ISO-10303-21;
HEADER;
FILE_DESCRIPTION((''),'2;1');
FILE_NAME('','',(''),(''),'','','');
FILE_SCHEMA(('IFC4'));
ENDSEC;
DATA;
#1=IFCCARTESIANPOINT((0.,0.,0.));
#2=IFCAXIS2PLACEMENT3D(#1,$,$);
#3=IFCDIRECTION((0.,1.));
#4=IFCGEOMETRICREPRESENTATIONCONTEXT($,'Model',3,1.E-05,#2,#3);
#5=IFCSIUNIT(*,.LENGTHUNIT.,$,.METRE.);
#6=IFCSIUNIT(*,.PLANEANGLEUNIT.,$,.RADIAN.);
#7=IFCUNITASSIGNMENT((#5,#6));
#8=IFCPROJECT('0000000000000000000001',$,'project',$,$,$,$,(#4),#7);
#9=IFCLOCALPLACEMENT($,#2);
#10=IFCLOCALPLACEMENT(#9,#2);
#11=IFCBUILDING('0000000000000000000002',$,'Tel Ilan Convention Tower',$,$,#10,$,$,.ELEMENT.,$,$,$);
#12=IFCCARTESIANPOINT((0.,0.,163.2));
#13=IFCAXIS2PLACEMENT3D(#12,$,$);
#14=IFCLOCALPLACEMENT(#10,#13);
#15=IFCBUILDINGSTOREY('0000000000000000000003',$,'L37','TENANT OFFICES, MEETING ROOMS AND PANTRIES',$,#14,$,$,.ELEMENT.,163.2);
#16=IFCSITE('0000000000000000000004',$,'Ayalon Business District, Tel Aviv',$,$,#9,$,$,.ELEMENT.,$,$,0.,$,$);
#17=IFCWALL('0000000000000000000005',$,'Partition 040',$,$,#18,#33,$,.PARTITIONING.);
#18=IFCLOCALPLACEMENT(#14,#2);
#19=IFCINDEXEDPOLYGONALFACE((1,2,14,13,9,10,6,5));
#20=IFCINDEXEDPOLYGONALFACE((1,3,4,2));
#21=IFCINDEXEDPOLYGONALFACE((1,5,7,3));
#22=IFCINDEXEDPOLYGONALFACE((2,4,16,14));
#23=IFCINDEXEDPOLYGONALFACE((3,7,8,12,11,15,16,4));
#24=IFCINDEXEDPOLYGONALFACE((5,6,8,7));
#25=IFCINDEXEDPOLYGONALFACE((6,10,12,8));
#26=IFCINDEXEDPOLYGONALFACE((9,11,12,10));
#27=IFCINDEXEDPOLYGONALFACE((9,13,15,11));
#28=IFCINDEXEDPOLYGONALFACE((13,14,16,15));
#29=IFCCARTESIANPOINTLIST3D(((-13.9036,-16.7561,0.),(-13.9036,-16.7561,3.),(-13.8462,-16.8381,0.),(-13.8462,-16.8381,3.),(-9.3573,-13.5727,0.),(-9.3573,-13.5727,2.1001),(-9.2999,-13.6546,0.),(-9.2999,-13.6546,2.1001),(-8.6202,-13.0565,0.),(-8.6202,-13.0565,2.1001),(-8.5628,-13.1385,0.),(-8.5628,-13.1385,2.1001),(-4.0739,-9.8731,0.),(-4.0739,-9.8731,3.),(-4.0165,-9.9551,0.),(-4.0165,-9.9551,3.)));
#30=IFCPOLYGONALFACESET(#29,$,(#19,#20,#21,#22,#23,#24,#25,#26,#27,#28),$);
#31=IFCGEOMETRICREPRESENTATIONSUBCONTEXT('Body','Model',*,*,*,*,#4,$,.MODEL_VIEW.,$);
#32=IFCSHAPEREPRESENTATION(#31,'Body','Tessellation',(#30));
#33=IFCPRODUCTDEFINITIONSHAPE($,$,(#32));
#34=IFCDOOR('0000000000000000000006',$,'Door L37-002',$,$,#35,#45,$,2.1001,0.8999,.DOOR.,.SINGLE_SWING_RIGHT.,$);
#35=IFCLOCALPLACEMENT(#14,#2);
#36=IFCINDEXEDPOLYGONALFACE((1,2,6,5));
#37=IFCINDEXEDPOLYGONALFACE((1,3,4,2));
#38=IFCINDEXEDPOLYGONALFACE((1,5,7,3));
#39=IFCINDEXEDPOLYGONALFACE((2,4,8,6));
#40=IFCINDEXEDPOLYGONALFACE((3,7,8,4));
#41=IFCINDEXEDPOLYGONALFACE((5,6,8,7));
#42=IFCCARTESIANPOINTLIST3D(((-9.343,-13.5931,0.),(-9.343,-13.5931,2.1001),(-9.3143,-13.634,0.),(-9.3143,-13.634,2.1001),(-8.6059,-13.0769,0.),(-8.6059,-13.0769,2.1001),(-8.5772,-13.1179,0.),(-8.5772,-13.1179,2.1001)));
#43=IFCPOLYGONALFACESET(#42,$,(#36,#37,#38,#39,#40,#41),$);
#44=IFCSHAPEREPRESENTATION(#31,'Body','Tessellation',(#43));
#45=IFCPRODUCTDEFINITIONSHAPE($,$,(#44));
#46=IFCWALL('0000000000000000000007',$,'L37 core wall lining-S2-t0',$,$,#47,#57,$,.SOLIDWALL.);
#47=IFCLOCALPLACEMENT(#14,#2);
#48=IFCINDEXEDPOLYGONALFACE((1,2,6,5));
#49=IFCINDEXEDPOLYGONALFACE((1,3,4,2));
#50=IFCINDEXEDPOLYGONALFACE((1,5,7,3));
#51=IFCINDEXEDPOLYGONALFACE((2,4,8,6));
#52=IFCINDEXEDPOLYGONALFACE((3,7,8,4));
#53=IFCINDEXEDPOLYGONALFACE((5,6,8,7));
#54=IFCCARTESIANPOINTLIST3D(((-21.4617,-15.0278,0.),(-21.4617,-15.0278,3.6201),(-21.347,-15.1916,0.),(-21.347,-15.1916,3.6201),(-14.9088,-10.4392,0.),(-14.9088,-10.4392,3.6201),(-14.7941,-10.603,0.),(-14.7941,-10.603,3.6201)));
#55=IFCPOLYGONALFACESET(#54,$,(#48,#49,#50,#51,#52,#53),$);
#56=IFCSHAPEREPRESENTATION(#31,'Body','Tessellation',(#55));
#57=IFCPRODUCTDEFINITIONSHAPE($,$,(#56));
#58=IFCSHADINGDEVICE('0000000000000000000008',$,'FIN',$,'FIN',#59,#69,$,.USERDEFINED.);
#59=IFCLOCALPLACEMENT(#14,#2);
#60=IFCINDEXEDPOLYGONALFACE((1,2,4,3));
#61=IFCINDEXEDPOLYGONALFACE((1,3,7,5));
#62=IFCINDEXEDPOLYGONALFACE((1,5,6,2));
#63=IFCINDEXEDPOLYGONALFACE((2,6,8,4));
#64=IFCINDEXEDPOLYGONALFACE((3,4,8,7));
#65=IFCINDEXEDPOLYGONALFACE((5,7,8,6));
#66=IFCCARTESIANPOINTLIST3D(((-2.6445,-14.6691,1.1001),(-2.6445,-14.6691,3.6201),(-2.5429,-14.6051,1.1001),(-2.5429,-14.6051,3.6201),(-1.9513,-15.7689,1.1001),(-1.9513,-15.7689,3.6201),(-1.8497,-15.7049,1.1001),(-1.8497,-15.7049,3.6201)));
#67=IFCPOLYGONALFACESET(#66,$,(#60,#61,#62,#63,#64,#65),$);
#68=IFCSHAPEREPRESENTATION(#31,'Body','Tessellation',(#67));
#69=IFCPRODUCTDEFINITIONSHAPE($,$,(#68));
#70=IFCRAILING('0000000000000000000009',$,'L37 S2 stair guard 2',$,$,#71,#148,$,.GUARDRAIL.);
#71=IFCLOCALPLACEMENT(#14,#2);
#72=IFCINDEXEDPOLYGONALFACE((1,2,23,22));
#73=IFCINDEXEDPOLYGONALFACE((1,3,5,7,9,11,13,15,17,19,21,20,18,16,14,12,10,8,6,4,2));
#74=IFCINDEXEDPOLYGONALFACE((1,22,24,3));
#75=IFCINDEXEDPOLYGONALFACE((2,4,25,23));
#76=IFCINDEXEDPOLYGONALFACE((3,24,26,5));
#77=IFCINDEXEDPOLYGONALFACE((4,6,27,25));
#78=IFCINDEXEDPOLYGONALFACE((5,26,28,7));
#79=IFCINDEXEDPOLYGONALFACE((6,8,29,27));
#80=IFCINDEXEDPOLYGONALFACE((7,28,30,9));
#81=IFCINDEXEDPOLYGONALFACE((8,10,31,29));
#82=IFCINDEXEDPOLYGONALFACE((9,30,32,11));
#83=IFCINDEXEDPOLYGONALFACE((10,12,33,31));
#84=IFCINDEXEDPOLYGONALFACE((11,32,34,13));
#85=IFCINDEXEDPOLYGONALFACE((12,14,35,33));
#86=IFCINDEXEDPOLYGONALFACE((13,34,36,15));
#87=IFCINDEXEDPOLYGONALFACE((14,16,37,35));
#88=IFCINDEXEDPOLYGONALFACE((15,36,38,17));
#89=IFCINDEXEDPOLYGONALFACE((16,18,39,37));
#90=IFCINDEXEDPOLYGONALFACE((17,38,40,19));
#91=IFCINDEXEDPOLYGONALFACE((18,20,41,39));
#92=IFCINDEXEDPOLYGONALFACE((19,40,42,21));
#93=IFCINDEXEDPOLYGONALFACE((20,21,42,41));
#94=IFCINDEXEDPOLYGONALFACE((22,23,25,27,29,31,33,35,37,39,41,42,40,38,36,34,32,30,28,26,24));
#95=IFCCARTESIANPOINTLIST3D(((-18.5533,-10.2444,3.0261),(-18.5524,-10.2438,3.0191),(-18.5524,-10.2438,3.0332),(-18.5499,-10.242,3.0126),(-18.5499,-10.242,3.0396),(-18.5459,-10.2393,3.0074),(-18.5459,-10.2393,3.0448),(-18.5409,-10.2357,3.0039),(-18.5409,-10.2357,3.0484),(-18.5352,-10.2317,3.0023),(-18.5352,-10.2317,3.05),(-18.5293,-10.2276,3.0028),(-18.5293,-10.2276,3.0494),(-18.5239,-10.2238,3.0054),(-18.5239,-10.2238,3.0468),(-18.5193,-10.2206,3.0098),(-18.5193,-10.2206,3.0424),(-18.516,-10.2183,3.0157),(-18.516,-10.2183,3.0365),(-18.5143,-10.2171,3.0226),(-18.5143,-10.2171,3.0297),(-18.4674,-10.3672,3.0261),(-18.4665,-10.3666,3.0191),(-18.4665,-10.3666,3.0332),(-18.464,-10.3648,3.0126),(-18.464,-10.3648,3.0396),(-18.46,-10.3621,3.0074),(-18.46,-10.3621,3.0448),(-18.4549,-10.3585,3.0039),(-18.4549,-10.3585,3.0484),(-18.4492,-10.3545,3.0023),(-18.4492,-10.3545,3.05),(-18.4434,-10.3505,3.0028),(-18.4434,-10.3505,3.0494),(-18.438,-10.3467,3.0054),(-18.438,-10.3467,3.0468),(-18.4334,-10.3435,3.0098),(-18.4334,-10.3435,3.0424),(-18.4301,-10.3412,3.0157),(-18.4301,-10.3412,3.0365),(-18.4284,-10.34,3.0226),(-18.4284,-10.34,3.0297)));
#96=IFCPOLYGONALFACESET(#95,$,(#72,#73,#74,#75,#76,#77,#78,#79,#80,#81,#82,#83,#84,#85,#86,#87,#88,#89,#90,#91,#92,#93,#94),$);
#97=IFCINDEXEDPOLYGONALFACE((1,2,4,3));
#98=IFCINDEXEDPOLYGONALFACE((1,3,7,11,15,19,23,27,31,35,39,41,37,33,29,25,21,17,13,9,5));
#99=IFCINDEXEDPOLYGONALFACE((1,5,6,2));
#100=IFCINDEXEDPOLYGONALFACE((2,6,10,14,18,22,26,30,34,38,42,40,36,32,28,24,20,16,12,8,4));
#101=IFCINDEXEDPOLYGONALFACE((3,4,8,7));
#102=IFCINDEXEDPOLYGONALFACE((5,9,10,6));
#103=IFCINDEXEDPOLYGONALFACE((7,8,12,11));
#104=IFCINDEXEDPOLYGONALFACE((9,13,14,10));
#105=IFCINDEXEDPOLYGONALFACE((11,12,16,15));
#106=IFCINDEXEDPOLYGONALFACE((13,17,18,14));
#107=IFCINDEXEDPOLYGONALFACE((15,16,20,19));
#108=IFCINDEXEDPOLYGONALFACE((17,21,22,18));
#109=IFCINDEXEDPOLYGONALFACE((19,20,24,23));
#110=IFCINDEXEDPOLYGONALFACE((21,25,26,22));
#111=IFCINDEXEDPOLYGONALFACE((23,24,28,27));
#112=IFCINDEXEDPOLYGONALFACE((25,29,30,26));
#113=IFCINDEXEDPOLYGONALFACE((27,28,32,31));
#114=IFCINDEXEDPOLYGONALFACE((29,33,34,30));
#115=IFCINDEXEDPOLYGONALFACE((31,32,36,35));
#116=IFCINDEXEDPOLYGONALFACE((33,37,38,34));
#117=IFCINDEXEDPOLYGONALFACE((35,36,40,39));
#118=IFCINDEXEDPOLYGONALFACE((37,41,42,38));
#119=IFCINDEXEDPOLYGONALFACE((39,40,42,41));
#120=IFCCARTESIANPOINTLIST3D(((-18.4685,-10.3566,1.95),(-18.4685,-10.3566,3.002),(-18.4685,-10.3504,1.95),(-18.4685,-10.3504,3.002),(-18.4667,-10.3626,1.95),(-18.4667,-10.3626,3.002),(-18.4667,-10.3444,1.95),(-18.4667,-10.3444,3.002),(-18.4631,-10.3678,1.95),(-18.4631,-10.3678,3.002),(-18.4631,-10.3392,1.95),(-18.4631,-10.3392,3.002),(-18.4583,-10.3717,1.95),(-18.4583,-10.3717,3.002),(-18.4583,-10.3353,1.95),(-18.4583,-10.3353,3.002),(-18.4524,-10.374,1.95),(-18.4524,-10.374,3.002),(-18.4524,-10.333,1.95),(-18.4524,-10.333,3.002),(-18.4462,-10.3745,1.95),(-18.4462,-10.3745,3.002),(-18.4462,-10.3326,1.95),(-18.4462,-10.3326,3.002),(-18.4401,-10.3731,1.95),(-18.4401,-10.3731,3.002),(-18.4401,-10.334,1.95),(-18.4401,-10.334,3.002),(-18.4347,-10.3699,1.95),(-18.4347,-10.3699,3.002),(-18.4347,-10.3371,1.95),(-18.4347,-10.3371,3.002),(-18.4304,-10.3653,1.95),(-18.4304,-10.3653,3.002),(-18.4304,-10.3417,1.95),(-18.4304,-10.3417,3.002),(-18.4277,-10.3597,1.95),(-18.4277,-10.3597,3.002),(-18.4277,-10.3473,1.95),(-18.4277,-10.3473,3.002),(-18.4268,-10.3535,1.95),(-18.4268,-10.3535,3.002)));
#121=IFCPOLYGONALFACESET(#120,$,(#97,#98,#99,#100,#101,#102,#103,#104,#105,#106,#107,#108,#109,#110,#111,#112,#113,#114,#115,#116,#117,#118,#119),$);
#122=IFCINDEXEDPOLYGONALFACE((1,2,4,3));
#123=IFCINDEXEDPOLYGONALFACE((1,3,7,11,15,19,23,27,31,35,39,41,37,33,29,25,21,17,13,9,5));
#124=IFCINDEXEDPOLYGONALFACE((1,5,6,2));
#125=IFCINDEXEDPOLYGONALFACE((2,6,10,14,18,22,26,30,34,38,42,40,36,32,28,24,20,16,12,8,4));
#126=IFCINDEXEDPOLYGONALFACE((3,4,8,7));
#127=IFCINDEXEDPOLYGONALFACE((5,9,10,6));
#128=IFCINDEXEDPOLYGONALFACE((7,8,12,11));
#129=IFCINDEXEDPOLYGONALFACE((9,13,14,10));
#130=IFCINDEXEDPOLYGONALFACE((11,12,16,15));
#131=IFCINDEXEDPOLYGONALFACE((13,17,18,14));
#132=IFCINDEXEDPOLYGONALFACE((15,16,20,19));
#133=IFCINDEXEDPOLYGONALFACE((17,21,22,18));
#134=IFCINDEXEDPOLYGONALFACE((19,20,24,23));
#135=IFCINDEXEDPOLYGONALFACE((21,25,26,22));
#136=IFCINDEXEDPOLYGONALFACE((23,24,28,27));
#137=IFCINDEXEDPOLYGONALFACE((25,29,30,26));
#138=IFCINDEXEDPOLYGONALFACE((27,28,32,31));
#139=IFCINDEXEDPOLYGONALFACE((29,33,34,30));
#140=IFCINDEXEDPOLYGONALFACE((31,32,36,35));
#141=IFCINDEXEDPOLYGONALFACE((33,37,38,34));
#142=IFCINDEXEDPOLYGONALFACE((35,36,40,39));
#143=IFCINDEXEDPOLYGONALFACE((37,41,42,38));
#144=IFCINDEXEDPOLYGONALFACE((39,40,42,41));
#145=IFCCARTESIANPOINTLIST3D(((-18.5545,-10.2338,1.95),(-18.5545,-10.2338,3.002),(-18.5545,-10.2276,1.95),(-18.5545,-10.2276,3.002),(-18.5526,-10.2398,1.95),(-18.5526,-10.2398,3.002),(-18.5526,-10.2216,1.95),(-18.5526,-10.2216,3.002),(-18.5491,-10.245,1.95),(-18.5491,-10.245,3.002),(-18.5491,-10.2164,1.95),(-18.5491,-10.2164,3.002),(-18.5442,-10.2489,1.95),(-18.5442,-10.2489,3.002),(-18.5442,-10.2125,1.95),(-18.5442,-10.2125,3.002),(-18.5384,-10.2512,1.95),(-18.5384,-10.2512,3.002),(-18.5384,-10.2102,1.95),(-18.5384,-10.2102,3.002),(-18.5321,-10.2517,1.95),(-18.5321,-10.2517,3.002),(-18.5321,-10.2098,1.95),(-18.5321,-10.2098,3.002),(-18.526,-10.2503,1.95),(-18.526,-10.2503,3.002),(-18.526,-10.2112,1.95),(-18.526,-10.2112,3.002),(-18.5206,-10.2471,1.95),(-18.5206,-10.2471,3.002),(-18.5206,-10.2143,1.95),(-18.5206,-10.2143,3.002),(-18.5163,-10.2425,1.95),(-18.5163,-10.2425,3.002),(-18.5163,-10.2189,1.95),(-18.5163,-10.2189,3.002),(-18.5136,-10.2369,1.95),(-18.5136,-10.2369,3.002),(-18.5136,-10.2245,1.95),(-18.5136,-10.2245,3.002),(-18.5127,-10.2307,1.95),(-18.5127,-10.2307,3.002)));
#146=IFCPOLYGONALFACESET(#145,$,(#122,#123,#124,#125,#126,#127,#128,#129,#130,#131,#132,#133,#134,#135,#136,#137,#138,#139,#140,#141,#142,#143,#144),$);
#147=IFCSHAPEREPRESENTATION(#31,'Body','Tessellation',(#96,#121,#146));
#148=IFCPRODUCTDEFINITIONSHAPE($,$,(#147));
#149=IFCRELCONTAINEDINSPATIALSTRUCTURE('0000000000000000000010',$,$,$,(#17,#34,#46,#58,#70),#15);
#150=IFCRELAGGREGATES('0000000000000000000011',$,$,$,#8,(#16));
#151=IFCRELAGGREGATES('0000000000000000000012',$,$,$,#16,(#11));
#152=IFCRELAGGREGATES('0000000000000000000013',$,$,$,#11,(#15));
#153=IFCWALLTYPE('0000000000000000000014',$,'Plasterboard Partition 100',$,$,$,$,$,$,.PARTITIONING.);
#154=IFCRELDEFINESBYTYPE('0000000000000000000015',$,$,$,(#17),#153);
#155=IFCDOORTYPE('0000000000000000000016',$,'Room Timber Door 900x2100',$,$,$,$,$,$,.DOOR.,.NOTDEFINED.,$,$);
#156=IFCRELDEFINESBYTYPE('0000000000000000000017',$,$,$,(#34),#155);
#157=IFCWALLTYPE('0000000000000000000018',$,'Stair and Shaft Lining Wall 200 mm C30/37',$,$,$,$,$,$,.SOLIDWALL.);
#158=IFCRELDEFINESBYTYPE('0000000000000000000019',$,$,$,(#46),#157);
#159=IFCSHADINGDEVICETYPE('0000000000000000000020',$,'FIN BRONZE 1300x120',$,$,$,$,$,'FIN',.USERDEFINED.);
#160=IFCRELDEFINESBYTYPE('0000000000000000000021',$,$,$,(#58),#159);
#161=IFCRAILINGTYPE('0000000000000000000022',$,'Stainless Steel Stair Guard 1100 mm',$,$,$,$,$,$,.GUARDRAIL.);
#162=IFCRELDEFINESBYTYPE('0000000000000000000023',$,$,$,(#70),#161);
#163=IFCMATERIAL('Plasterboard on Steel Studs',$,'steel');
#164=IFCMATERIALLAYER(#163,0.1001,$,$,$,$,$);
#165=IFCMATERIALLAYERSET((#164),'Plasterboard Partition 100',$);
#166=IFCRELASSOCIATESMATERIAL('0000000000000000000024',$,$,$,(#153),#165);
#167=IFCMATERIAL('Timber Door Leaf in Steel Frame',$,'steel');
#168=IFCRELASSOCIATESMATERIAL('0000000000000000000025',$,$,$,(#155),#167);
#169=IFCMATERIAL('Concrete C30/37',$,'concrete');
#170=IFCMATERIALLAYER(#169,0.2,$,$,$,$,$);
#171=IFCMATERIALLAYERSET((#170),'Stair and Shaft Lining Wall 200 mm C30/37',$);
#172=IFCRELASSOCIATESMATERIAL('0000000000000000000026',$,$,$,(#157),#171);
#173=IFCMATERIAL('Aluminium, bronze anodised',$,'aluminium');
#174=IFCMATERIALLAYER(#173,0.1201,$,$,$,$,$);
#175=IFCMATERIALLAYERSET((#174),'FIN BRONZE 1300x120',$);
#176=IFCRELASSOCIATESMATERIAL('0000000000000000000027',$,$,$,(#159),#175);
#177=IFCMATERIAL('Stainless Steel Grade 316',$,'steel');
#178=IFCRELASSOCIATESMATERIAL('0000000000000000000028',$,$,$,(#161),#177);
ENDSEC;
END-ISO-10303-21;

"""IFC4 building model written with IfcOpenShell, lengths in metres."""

from ifc_helpers import new_model, si_unit, direction, frame, frame_2d, origin, origin_2d, place, context, subcontext, project, spatial, rectangle, circle, extrude, material, layer, layer_set, type_object, element, fill, save


model = new_model("IFC4")

# Units and contexts
model_context = context("Model", 3, precision=1e-05, world=origin(), true_north=direction((0.0, 1.0)))
body_context = subcontext(model_context, "Body", "Model", "MODEL_VIEW")
ifc_project = project(units=[si_unit("LENGTHUNIT", "METRE"), si_unit("PLANEANGLEUNIT", "RADIAN")], contexts=[model_context])

# Site, building, storey
site_placement = place(None, origin())
site = spatial("IfcSite", under=ifc_project, at=site_placement, Name="Ayalon Business District, Tel Aviv", CompositionType="ELEMENT", RefElevation=0.0)
building_placement = place(site_placement, origin())
building = spatial("IfcBuilding", under=site, at=building_placement, Name="Tel Ilan Convention Tower", CompositionType="ELEMENT")
storey_placement = place(building_placement, frame((0.0, 0.0, 163.2)))
storey = spatial("IfcBuildingStorey", under=building, at=storey_placement, Name="L37", Description="TENANT OFFICES, MEETING ROOMS AND PANTRIES", CompositionType="ELEMENT", Elevation=163.2)

# Wall, opening, door
ifc_material_1 = material(Name="Plasterboard on Steel Studs", Category="steel")
ifc_layer_1 = layer(ifc_material_1, 0.1001)
ifc_layer_set_1 = layer_set([ifc_layer_1], Name="Plasterboard Partition 100")
wall_type_1 = type_object("IfcWallType", Name="Plasterboard Partition 100", PredefinedType="PARTITIONING", material=ifc_layer_set_1)
wall_1_placement = place(storey_placement, frame((-4.0452, -9.9141, 0.0), z_axis=(0.0, 0.0, 1.0), x_axis=(-0.819147, -0.573584, 0.0)))
wall_1 = element("IfcWall", 1, at=wall_1_placement, inside=storey, type_object=wall_type_1, Name="Partition 040", PredefinedType="PARTITIONING", context=body_context, shape_type="SweptSolid", body=[
    extrude(rectangle(XDim=12.0, YDim=0.1001, at=frame_2d((6.0, 0.0))), origin(), (0.0, 0.0, 1.0), 3.0),
])
opening_1_placement = place(wall_1_placement, frame((5.55, 0.0, 0.0)))
opening_1 = element("IfcOpeningElement", 2, at=opening_1_placement, cuts=wall_1, PredefinedType="OPENING", context=body_context, shape_type="SweptSolid", body=[
    extrude(rectangle(XDim=0.8999, YDim=2.1001, at=frame_2d((0.45, 1.05))), frame((0.0, 0.0601, 0.0), z_axis=(0.0, -1.0, 0.0), x_axis=(1.0, 0.0, 0.0)), (0.0, 0.0, 1.0), 0.1201),
])
ifc_material_2 = material(Name="Timber Door Leaf in Steel Frame", Category="steel")
door_type_1 = type_object("IfcDoorType", Name="Room Timber Door 900x2100", OperationType="NOTDEFINED", PredefinedType="DOOR", material=ifc_material_2)
door_1_placement = place(opening_1_placement, origin())
door_1 = element("IfcDoor", 3, at=door_1_placement, inside=storey, type_object=door_type_1, Name="Door L37-002", OperationType="SINGLE_SWING_RIGHT", OverallHeight=2.1001, OverallWidth=0.8999, PredefinedType="DOOR", context=body_context, shape_type="SweptSolid", body=[
    extrude(rectangle(XDim=0.8999, YDim=2.1001, at=frame_2d((0.45, 1.05))), frame((0.0, 0.0249, 0.0), z_axis=(0.0, -1.0, 0.0), x_axis=(1.0, 0.0, 0.0)), (0.0, 0.0, 1.0), 0.05),
])
fill(opening_1, door_1)

# Wall
ifc_material_3 = material(Name="Concrete C30/37", Category="concrete")
ifc_layer_2 = layer(ifc_material_3, 0.2)
ifc_layer_set_2 = layer_set([ifc_layer_2], Name="Stair and Shaft Lining Wall 200 mm C30/37")
wall_type_2 = type_object("IfcWallType", Name="Stair and Shaft Lining Wall 200 mm C30/37", PredefinedType="SOLIDWALL", material=ifc_layer_set_2)
wall_2_placement = place(storey_placement, frame((-14.8513, -10.521, 0.0), z_axis=(0.0, 0.0, 1.0), x_axis=(-0.819142, -0.573591, 0.0)))
element("IfcWall", 4, at=wall_2_placement, inside=storey, type_object=wall_type_2, Name="L37 core wall lining-S2-t0", PredefinedType="SOLIDWALL", context=body_context, shape_type="SweptSolid", body=[
    extrude(rectangle(XDim=7.9998, YDim=0.2, at=frame_2d((4.0, 0.0))), origin(), (0.0, 0.0, 1.0), 3.6201),
])

# Shading device
ifc_material_4 = material(Name="Aluminium, bronze anodised", Category="aluminium")
ifc_layer_3 = layer(ifc_material_4, 0.1201)
ifc_layer_set_3 = layer_set([ifc_layer_3], Name="FIN BRONZE 1300x120")
shading_device_type = type_object("IfcShadingDeviceType", Name="FIN BRONZE 1300x120", ElementType="FIN", PredefinedType="USERDEFINED", material=ifc_layer_set_3)
shading_device_placement = place(storey_placement, frame((-2.2471, -15.187, 1.1001), z_axis=(0.0, 0.0, 1.0), x_axis=(0.533204, -0.845986, 0.0)))
element("IfcShadingDevice", 5, at=shading_device_placement, inside=storey, type_object=shading_device_type, Name="FIN", ObjectType="FIN", PredefinedType="USERDEFINED", context=body_context, shape_type="SweptSolid", body=[
    extrude(rectangle(XDim=1.3, YDim=0.1201, at=origin_2d()), origin(), (0.0, 0.0, 1.0), 2.52),
])

# Railing
ifc_material_5 = material(Name="Stainless Steel Grade 316", Category="steel")
railing_type = type_object("IfcRailingType", Name="Stainless Steel Stair Guard 1100 mm", PredefinedType="GUARDRAIL", material=ifc_material_5)
railing_1_placement = place(storey_placement, frame((-18.4478, -10.3535, 1.95)))
element("IfcRailing", 6, at=railing_1_placement, inside=storey, type_object=railing_type, Name="L37 S2 stair guard 2", PredefinedType="GUARDRAIL", context=body_context, shape_type="SweptSolid", body=[
    extrude(circle(Radius=0.0239, at=origin_2d()), frame((0.0, 0.0, 1.0762), z_axis=(-0.573353, 0.819308, 0.0), x_axis=(-0.819308, -0.573353, 0.0)), (0.0, 0.0, 1.0), 0.1499),
    extrude(circle(Radius=0.021, at=origin_2d()), origin(), (0.0, 0.0, 1.0), 1.052),
    extrude(circle(Radius=0.021, at=origin_2d()), frame((-0.0859, 0.1228, 0.0)), (0.0, 0.0, 1.0), 1.052),
])

save(model, "model.ifc")
